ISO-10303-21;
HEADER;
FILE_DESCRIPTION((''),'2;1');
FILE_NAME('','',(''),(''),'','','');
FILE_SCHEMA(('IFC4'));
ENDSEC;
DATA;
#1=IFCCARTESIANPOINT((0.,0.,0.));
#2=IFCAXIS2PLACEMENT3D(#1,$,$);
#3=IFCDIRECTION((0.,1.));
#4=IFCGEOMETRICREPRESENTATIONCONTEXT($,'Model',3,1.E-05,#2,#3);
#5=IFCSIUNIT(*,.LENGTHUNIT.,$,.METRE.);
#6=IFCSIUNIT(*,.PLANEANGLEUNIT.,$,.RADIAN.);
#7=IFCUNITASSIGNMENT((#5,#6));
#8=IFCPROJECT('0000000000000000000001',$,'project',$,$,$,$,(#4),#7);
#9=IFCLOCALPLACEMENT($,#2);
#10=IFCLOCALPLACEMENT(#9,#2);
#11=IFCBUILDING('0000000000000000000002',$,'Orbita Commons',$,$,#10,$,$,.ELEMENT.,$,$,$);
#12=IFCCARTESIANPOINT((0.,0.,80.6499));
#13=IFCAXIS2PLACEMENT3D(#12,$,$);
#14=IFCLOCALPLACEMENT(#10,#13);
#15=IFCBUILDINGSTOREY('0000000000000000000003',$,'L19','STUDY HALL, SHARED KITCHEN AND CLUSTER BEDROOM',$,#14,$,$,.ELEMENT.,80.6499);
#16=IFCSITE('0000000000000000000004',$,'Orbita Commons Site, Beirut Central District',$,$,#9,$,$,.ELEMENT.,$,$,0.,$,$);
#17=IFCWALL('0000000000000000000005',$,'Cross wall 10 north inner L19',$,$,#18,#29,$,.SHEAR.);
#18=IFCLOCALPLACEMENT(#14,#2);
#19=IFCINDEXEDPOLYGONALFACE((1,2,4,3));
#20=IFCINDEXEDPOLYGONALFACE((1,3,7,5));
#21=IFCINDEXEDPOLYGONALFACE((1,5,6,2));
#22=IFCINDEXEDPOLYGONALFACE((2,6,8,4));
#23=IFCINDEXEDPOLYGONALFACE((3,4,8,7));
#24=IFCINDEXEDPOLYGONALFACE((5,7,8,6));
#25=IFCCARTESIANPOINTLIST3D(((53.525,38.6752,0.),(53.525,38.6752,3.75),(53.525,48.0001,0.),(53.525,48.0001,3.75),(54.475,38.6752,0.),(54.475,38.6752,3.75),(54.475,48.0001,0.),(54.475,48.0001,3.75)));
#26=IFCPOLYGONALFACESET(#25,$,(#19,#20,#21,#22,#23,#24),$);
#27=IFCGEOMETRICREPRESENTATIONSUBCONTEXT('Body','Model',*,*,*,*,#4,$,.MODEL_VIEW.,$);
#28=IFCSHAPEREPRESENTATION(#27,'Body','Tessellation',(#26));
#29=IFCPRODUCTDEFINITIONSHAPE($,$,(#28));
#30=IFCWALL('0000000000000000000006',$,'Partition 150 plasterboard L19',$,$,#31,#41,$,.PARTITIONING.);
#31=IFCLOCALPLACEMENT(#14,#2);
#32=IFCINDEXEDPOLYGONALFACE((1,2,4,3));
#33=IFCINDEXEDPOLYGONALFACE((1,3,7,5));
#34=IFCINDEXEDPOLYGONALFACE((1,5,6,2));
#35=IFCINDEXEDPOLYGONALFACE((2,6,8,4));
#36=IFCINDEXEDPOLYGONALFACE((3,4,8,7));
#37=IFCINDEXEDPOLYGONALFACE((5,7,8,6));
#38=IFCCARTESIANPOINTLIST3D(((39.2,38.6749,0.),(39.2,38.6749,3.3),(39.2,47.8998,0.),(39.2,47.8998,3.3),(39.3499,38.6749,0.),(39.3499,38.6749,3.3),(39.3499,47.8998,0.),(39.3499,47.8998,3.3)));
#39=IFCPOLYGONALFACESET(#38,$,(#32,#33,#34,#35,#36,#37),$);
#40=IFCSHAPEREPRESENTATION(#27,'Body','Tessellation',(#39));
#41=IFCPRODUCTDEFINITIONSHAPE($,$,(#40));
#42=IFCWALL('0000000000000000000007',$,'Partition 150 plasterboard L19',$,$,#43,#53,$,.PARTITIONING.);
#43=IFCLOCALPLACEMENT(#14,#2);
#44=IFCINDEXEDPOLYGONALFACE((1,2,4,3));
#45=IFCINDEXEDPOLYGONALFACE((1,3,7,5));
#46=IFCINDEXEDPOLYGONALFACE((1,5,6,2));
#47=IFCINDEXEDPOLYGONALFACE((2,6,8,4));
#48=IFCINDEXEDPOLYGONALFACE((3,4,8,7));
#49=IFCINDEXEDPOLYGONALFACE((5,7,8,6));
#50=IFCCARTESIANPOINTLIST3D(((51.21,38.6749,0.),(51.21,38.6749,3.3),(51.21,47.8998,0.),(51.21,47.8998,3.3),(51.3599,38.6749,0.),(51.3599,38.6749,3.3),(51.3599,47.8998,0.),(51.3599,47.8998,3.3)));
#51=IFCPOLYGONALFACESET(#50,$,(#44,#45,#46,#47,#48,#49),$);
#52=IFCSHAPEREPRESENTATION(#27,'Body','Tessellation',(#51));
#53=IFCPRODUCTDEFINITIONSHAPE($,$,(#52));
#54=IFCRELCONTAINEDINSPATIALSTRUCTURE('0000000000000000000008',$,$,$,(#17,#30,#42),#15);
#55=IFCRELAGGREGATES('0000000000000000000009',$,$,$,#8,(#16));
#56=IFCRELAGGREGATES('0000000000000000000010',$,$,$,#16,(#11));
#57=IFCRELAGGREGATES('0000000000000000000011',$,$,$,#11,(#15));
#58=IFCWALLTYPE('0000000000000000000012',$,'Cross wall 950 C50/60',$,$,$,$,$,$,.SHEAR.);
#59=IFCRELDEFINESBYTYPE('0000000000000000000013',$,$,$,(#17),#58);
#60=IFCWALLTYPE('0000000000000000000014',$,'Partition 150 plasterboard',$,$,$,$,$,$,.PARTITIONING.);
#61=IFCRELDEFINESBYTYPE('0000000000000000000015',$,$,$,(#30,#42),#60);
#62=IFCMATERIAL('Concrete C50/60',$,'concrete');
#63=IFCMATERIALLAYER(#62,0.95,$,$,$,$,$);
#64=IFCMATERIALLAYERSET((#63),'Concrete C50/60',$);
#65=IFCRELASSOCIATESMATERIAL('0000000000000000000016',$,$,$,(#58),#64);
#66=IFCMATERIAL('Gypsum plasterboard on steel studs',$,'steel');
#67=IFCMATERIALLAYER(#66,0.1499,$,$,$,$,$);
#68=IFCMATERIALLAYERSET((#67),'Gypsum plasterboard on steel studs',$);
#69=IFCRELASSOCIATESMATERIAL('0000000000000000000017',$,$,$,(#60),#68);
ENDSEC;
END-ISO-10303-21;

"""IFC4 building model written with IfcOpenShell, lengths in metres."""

from ifc_helpers import new_model, si_unit, direction, frame, frame_2d, origin, place, context, subcontext, project, spatial, rectangle, extrude, material, layer, layer_set, type_object, element, save


model = new_model("IFC4")

# Units and contexts
model_context = context("Model", 3, precision=1e-05, world=origin(), true_north=direction((0.0, 1.0)))
body_context = subcontext(model_context, "Body", "Model", "MODEL_VIEW")
ifc_project = project(units=[si_unit("LENGTHUNIT", "METRE"), si_unit("PLANEANGLEUNIT", "RADIAN")], contexts=[model_context])

# Site, building, storey
site_placement = place(None, origin())
site = spatial("IfcSite", under=ifc_project, at=site_placement, Name="Orbita Commons Site, Beirut Central District", CompositionType="ELEMENT", RefElevation=0.0)
building_placement = place(site_placement, origin())
building = spatial("IfcBuilding", under=site, at=building_placement, Name="Orbita Commons", CompositionType="ELEMENT")
storey_placement = place(building_placement, frame((0.0, 0.0, 80.6499)))
storey = spatial("IfcBuildingStorey", under=building, at=storey_placement, Name="L19", Description="STUDY HALL, SHARED KITCHEN AND CLUSTER BEDROOM", CompositionType="ELEMENT", Elevation=80.6499)

# Walls
ifc_material_1 = material(Name="Concrete C50/60", Category="concrete")
ifc_layer_1 = layer(ifc_material_1, 0.95)
ifc_layer_set_1 = layer_set([ifc_layer_1], Name="Concrete C50/60")
wall_type_1 = type_object("IfcWallType", Name="Cross wall 950 C50/60", PredefinedType="SHEAR", material=ifc_layer_set_1)
for number, where, z_axis, x_axis, name in (
    (1, (54.0, 38.675, 0.0), (0.0, 0.0, 1.0), (0.0, 1.0, 0.0), "Cross wall 10 north inner L19"),
):
    element("IfcWall", number, at=place(storey_placement, frame(where, z_axis=z_axis, x_axis=x_axis)), inside=storey, type_object=wall_type_1, Name=name, PredefinedType="SHEAR", context=body_context, shape_type="SweptSolid", body=[
        extrude(rectangle(XDim=9.325, YDim=0.95, at=frame_2d((4.6626, 0.0))), origin(), (0.0, 0.0, 1.0), 3.75),
    ])
ifc_material_2 = material(Name="Gypsum plasterboard on steel studs", Category="steel")
ifc_layer_2 = layer(ifc_material_2, 0.1499)
ifc_layer_set_2 = layer_set([ifc_layer_2], Name="Gypsum plasterboard on steel studs")
wall_type_2 = type_object("IfcWallType", Name="Partition 150 plasterboard", PredefinedType="PARTITIONING", material=ifc_layer_set_2)
for number, where, z_axis, x_axis, name in (
    (2, (39.2749, 38.675, 0.0), (0.0, 0.0, 1.0), (0.0, 1.0, 0.0), "Partition 150 plasterboard L19"),
    (3, (51.2849, 38.675, 0.0), (0.0, 0.0, 1.0), (0.0, 1.0, 0.0), "Partition 150 plasterboard L19"),
):
    element("IfcWall", number, at=place(storey_placement, frame(where, z_axis=z_axis, x_axis=x_axis)), inside=storey, type_object=wall_type_2, Name=name, PredefinedType="PARTITIONING", context=body_context, shape_type="SweptSolid", body=[
        extrude(rectangle(XDim=9.2249, YDim=0.1499, at=frame_2d((4.6123, 0.0))), origin(), (0.0, 0.0, 1.0), 3.3),
    ])

save(model, "model.ifc")
